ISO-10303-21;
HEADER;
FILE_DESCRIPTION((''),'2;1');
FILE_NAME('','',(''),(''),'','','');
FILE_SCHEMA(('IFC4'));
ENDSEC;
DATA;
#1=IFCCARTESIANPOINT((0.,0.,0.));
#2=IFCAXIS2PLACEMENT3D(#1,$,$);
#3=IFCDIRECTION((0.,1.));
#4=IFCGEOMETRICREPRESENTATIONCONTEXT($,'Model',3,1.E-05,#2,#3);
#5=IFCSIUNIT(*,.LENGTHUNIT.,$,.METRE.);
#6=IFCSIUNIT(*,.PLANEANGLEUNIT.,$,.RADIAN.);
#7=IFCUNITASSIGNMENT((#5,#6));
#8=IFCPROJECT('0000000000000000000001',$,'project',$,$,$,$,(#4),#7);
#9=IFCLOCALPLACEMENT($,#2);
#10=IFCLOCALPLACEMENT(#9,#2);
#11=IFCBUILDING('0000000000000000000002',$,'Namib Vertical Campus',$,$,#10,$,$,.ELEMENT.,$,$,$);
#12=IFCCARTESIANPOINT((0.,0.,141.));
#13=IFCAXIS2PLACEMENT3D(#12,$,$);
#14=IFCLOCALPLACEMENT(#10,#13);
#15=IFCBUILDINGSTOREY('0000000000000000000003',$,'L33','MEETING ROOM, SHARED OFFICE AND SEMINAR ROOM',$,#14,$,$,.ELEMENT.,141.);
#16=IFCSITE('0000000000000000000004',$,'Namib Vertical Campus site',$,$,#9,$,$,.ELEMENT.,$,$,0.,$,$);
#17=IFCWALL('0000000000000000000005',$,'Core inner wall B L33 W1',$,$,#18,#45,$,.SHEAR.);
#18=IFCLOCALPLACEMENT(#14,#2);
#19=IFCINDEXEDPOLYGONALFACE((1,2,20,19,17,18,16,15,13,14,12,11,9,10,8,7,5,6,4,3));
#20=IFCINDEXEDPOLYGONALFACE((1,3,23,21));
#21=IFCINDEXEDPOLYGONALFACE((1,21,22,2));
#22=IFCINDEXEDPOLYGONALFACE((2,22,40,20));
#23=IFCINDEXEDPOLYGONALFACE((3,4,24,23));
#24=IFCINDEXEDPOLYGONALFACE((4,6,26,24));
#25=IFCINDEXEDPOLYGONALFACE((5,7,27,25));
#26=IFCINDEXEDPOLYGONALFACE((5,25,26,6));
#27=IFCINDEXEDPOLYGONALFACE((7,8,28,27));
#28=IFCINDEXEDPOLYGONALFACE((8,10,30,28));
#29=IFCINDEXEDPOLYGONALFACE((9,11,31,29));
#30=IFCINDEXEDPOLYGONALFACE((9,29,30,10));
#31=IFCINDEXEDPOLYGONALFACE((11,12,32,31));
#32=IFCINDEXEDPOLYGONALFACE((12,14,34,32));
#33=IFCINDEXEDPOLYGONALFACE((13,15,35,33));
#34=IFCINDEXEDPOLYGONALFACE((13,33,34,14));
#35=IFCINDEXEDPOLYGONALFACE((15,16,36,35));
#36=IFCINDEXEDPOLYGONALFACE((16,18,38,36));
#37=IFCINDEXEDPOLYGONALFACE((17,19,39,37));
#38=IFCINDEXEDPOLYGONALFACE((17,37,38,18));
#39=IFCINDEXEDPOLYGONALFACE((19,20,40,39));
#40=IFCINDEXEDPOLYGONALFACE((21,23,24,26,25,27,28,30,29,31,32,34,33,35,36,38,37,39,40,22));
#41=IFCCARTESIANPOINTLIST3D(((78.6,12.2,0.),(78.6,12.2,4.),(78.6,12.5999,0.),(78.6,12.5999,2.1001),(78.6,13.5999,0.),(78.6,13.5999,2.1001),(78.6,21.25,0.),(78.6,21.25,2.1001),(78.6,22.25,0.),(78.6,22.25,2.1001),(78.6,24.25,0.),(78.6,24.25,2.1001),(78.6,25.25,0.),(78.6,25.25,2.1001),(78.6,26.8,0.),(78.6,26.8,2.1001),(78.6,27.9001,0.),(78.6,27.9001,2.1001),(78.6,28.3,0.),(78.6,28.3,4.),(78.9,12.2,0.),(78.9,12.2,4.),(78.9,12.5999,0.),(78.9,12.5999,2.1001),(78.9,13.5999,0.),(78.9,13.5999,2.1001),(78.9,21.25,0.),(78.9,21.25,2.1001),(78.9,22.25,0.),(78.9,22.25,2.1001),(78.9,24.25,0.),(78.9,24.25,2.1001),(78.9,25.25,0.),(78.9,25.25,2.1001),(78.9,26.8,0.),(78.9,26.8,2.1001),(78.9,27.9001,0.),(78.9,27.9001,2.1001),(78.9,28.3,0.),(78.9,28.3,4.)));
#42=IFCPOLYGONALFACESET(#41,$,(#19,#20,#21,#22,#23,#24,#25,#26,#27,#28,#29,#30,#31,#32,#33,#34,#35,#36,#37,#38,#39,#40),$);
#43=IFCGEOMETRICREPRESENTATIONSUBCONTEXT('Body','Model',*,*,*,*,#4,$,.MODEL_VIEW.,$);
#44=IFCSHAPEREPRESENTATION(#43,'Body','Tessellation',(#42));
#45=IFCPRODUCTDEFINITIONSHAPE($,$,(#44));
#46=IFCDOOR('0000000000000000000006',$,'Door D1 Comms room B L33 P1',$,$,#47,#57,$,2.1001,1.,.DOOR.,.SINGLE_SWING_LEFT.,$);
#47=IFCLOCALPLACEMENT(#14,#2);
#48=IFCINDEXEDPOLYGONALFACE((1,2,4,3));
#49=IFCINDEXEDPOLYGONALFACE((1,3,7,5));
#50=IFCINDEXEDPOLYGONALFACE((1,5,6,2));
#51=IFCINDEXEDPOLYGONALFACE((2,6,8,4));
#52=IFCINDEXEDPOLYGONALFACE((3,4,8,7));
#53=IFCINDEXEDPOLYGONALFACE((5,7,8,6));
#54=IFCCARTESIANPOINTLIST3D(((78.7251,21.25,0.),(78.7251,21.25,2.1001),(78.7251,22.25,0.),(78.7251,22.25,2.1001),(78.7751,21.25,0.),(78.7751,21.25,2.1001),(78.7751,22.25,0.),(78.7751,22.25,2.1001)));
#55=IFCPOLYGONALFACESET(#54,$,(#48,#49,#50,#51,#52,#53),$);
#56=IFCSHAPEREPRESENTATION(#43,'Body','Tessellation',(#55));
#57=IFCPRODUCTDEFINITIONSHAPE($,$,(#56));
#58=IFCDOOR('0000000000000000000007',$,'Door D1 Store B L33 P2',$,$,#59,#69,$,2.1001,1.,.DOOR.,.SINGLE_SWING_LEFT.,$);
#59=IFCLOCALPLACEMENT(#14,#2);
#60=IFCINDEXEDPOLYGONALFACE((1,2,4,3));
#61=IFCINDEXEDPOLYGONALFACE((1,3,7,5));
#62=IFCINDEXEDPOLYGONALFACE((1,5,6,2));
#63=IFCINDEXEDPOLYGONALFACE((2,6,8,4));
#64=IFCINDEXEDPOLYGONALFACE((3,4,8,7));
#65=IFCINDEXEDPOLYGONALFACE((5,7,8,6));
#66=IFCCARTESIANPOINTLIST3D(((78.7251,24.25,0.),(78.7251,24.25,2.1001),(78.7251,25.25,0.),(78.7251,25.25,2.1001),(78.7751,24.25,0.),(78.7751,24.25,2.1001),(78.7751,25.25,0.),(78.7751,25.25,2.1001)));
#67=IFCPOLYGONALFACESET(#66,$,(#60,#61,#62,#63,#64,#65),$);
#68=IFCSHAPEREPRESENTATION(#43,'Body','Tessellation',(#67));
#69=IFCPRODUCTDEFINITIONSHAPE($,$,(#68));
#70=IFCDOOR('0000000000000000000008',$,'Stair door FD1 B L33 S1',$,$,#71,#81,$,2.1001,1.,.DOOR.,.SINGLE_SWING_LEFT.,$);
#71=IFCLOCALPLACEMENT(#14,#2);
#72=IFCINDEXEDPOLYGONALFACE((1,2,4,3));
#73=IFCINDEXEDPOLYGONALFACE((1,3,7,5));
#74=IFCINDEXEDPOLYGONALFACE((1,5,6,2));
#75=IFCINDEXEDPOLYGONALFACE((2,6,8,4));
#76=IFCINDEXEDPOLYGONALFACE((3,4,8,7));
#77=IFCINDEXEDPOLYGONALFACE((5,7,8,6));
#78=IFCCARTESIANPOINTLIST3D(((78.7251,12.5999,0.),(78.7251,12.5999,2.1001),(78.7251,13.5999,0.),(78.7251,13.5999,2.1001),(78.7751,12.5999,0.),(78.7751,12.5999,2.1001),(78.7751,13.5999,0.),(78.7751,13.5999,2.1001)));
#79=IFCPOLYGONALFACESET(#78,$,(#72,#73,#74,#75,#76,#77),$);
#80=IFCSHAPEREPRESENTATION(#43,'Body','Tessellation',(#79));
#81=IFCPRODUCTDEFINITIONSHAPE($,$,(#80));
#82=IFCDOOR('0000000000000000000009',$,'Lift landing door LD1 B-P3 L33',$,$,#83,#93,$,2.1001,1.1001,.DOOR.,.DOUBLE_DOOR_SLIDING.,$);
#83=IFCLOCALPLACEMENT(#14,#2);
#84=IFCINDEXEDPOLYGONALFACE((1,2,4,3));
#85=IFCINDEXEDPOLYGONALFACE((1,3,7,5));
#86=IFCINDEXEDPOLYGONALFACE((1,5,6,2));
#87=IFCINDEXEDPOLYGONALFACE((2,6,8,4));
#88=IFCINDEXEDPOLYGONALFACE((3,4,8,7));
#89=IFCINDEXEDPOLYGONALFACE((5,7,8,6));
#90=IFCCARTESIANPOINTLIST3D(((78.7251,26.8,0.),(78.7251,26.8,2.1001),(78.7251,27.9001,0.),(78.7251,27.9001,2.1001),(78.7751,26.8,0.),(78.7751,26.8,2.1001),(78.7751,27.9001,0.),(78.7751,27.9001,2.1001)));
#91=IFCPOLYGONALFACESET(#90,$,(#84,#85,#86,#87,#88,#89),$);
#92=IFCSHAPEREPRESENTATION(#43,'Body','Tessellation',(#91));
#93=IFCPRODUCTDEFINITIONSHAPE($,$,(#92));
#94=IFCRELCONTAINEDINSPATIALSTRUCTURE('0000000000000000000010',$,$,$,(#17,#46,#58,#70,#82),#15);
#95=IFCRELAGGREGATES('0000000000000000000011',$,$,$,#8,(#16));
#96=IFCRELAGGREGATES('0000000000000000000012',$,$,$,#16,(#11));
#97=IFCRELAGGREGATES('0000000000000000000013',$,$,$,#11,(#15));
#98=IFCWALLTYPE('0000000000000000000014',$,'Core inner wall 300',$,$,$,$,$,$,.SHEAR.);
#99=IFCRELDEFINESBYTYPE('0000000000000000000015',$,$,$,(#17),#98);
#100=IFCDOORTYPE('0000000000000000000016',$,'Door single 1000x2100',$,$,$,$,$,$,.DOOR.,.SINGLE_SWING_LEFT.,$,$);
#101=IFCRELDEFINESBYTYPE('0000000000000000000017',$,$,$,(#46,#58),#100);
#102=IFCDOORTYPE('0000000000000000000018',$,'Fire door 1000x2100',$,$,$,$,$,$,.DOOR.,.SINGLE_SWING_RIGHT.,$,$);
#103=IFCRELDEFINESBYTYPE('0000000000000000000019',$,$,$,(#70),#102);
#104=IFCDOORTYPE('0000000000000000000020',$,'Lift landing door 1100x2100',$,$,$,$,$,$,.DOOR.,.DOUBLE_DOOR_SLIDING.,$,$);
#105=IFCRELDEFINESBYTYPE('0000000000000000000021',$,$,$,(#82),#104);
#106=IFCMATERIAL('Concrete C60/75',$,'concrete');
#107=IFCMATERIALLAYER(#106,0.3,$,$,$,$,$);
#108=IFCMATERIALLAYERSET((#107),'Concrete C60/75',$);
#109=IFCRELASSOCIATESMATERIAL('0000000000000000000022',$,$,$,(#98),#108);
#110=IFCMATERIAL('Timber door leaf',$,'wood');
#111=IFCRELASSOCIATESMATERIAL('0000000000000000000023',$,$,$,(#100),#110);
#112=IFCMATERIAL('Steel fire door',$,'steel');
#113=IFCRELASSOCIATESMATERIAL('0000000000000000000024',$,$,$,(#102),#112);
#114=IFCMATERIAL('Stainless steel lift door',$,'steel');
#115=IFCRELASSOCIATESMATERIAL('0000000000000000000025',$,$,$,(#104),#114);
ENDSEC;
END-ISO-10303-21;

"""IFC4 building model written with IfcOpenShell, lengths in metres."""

from ifc_helpers import new_model, si_unit, direction, frame, frame_2d, origin, place, context, subcontext, project, spatial, rectangle, extrude, material, layer, layer_set, type_object, element, fill, save


model = new_model("IFC4")

# Units and contexts
model_context = context("Model", 3, precision=1e-05, world=origin(), true_north=direction((0.0, 1.0)))
body_context = subcontext(model_context, "Body", "Model", "MODEL_VIEW")
ifc_project = project(units=[si_unit("LENGTHUNIT", "METRE"), si_unit("PLANEANGLEUNIT", "RADIAN")], contexts=[model_context])

# Site, building, storey
site_placement = place(None, origin())
site = spatial("IfcSite", under=ifc_project, at=site_placement, Name="Namib Vertical Campus site", CompositionType="ELEMENT", RefElevation=0.0)
building_placement = place(site_placement, origin())
building = spatial("IfcBuilding", under=site, at=building_placement, Name="Namib Vertical Campus", CompositionType="ELEMENT")
storey_placement = place(building_placement, frame((0.0, 0.0, 141.0)))
storey = spatial("IfcBuildingStorey", under=building, at=storey_placement, Name="L33", Description="MEETING ROOM, SHARED OFFICE AND SEMINAR ROOM", CompositionType="ELEMENT", Elevation=141.0)

# Wall, openings, doors
ifc_material_1 = material(Name="Concrete C60/75", Category="concrete")
ifc_layer_1 = layer(ifc_material_1, 0.3)
ifc_layer_set_1 = layer_set([ifc_layer_1], Name="Concrete C60/75")
wall_type_1 = type_object("IfcWallType", Name="Core inner wall 300", PredefinedType="SHEAR", material=ifc_layer_set_1)
wall_1_placement = place(storey_placement, frame((78.75, 12.2, 0.0), z_axis=(0.0, 0.0, 1.0), x_axis=(0.0, 1.0, 0.0)))
wall_1 = element("IfcWall", 1, at=wall_1_placement, inside=storey, type_object=wall_type_1, Name="Core inner wall B L33 W1", PredefinedType="SHEAR", context=body_context, shape_type="SweptSolid", body=[
    extrude(rectangle(XDim=16.1001, YDim=0.3, at=frame_2d((8.05, 0.0))), origin(), (0.0, 0.0, 1.0), 4.0),
])
opening_1_placement = place(wall_1_placement, frame((0.3999, 0.0, 0.0)))
opening_1 = element("IfcOpeningElement", 2, at=opening_1_placement, cuts=wall_1, PredefinedType="OPENING", context=body_context, shape_type="SweptSolid", body=[
    extrude(rectangle(XDim=1.0, YDim=2.1001, at=frame_2d((0.5, 1.05))), frame((0.0, 0.1599, 0.0), z_axis=(0.0, -1.0, 0.0), x_axis=(1.0, 0.0, 0.0)), (0.0, 0.0, 1.0), 0.3201),
])
opening_2_placement = place(wall_1_placement, frame((14.6001, 0.0, 0.0)))
opening_2 = element("IfcOpeningElement", 3, at=opening_2_placement, cuts=wall_1, PredefinedType="OPENING", context=body_context, shape_type="SweptSolid", body=[
    extrude(rectangle(XDim=1.1001, YDim=2.1001, at=frame_2d((0.55, 1.05))), frame((0.0, 0.1599, 0.0), z_axis=(0.0, -1.0, 0.0), x_axis=(1.0, 0.0, 0.0)), (0.0, 0.0, 1.0), 0.3201),
])
opening_3_placement = place(wall_1_placement, frame((9.05, 0.0, 0.0)))
opening_3 = element("IfcOpeningElement", 4, at=opening_3_placement, cuts=wall_1, PredefinedType="OPENING", context=body_context, shape_type="SweptSolid", body=[
    extrude(rectangle(XDim=1.0, YDim=2.1001, at=frame_2d((0.5, 1.05))), frame((0.0, 0.1599, 0.0), z_axis=(0.0, -1.0, 0.0), x_axis=(1.0, 0.0, 0.0)), (0.0, 0.0, 1.0), 0.3201),
])
opening_4_placement = place(wall_1_placement, frame((12.05, 0.0, 0.0)))
opening_4 = element("IfcOpeningElement", 5, at=opening_4_placement, cuts=wall_1, PredefinedType="OPENING", context=body_context, shape_type="SweptSolid", body=[
    extrude(rectangle(XDim=1.0, YDim=2.1001, at=frame_2d((0.5, 1.05))), frame((0.0, 0.1599, 0.0), z_axis=(0.0, -1.0, 0.0), x_axis=(1.0, 0.0, 0.0)), (0.0, 0.0, 1.0), 0.3201),
])
ifc_material_2 = material(Name="Timber door leaf", Category="wood")
door_type_1 = type_object("IfcDoorType", Name="Door single 1000x2100", OperationType="SINGLE_SWING_LEFT", PredefinedType="DOOR", material=ifc_material_2)
door_1_placement = place(opening_3_placement, origin())
door_1 = element("IfcDoor", 6, at=door_1_placement, inside=storey, type_object=door_type_1, Name="Door D1 Comms room B L33 P1", OperationType="SINGLE_SWING_LEFT", OverallHeight=2.1001, OverallWidth=1.0, PredefinedType="DOOR", context=body_context, shape_type="SweptSolid", body=[
    extrude(rectangle(XDim=1.0, YDim=2.1001, at=frame_2d((0.5, 1.05))), frame((0.0, 0.0249, 0.0), z_axis=(0.0, -1.0, 0.0), x_axis=(1.0, 0.0, 0.0)), (0.0, 0.0, 1.0), 0.05),
])
fill(opening_3, door_1)
door_2_placement = place(opening_4_placement, origin())
door_2 = element("IfcDoor", 7, at=door_2_placement, inside=storey, type_object=door_type_1, Name="Door D1 Store B L33 P2", OperationType="SINGLE_SWING_LEFT", OverallHeight=2.1001, OverallWidth=1.0, PredefinedType="DOOR", context=body_context, shape_type="SweptSolid", body=[
    extrude(rectangle(XDim=1.0, YDim=2.1001, at=frame_2d((0.5, 1.05))), frame((0.0, 0.0249, 0.0), z_axis=(0.0, -1.0, 0.0), x_axis=(1.0, 0.0, 0.0)), (0.0, 0.0, 1.0), 0.05),
])
fill(opening_4, door_2)
ifc_material_3 = material(Name="Steel fire door", Category="steel")
door_type_2 = type_object("IfcDoorType", Name="Fire door 1000x2100", OperationType="SINGLE_SWING_RIGHT", PredefinedType="DOOR", material=ifc_material_3)
door_3_placement = place(opening_1_placement, origin())
door_3 = element("IfcDoor", 8, at=door_3_placement, inside=storey, type_object=door_type_2, Name="Stair door FD1 B L33 S1", OperationType="SINGLE_SWING_LEFT", OverallHeight=2.1001, OverallWidth=1.0, PredefinedType="DOOR", context=body_context, shape_type="SweptSolid", body=[
    extrude(rectangle(XDim=1.0, YDim=2.1001, at=frame_2d((0.5, 1.05))), frame((0.0, 0.0249, 0.0), z_axis=(0.0, -1.0, 0.0), x_axis=(1.0, 0.0, 0.0)), (0.0, 0.0, 1.0), 0.05),
])
fill(opening_1, door_3)
ifc_material_4 = material(Name="Stainless steel lift door", Category="steel")
door_type_3 = type_object("IfcDoorType", Name="Lift landing door 1100x2100", OperationType="DOUBLE_DOOR_SLIDING", PredefinedType="DOOR", material=ifc_material_4)
door_4_placement = place(opening_2_placement, origin())
door_4 = element("IfcDoor", 9, at=door_4_placement, inside=storey, type_object=door_type_3, Name="Lift landing door LD1 B-P3 L33", OperationType="DOUBLE_DOOR_SLIDING", OverallHeight=2.1001, OverallWidth=1.1001, PredefinedType="DOOR", context=body_context, shape_type="SweptSolid", body=[
    extrude(rectangle(XDim=1.1001, YDim=2.1001, at=frame_2d((0.55, 1.05))), frame((0.0, 0.0249, 0.0), z_axis=(0.0, -1.0, 0.0), x_axis=(1.0, 0.0, 0.0)), (0.0, 0.0, 1.0), 0.05),
])
fill(opening_2, door_4)

save(model, "model.ifc")
